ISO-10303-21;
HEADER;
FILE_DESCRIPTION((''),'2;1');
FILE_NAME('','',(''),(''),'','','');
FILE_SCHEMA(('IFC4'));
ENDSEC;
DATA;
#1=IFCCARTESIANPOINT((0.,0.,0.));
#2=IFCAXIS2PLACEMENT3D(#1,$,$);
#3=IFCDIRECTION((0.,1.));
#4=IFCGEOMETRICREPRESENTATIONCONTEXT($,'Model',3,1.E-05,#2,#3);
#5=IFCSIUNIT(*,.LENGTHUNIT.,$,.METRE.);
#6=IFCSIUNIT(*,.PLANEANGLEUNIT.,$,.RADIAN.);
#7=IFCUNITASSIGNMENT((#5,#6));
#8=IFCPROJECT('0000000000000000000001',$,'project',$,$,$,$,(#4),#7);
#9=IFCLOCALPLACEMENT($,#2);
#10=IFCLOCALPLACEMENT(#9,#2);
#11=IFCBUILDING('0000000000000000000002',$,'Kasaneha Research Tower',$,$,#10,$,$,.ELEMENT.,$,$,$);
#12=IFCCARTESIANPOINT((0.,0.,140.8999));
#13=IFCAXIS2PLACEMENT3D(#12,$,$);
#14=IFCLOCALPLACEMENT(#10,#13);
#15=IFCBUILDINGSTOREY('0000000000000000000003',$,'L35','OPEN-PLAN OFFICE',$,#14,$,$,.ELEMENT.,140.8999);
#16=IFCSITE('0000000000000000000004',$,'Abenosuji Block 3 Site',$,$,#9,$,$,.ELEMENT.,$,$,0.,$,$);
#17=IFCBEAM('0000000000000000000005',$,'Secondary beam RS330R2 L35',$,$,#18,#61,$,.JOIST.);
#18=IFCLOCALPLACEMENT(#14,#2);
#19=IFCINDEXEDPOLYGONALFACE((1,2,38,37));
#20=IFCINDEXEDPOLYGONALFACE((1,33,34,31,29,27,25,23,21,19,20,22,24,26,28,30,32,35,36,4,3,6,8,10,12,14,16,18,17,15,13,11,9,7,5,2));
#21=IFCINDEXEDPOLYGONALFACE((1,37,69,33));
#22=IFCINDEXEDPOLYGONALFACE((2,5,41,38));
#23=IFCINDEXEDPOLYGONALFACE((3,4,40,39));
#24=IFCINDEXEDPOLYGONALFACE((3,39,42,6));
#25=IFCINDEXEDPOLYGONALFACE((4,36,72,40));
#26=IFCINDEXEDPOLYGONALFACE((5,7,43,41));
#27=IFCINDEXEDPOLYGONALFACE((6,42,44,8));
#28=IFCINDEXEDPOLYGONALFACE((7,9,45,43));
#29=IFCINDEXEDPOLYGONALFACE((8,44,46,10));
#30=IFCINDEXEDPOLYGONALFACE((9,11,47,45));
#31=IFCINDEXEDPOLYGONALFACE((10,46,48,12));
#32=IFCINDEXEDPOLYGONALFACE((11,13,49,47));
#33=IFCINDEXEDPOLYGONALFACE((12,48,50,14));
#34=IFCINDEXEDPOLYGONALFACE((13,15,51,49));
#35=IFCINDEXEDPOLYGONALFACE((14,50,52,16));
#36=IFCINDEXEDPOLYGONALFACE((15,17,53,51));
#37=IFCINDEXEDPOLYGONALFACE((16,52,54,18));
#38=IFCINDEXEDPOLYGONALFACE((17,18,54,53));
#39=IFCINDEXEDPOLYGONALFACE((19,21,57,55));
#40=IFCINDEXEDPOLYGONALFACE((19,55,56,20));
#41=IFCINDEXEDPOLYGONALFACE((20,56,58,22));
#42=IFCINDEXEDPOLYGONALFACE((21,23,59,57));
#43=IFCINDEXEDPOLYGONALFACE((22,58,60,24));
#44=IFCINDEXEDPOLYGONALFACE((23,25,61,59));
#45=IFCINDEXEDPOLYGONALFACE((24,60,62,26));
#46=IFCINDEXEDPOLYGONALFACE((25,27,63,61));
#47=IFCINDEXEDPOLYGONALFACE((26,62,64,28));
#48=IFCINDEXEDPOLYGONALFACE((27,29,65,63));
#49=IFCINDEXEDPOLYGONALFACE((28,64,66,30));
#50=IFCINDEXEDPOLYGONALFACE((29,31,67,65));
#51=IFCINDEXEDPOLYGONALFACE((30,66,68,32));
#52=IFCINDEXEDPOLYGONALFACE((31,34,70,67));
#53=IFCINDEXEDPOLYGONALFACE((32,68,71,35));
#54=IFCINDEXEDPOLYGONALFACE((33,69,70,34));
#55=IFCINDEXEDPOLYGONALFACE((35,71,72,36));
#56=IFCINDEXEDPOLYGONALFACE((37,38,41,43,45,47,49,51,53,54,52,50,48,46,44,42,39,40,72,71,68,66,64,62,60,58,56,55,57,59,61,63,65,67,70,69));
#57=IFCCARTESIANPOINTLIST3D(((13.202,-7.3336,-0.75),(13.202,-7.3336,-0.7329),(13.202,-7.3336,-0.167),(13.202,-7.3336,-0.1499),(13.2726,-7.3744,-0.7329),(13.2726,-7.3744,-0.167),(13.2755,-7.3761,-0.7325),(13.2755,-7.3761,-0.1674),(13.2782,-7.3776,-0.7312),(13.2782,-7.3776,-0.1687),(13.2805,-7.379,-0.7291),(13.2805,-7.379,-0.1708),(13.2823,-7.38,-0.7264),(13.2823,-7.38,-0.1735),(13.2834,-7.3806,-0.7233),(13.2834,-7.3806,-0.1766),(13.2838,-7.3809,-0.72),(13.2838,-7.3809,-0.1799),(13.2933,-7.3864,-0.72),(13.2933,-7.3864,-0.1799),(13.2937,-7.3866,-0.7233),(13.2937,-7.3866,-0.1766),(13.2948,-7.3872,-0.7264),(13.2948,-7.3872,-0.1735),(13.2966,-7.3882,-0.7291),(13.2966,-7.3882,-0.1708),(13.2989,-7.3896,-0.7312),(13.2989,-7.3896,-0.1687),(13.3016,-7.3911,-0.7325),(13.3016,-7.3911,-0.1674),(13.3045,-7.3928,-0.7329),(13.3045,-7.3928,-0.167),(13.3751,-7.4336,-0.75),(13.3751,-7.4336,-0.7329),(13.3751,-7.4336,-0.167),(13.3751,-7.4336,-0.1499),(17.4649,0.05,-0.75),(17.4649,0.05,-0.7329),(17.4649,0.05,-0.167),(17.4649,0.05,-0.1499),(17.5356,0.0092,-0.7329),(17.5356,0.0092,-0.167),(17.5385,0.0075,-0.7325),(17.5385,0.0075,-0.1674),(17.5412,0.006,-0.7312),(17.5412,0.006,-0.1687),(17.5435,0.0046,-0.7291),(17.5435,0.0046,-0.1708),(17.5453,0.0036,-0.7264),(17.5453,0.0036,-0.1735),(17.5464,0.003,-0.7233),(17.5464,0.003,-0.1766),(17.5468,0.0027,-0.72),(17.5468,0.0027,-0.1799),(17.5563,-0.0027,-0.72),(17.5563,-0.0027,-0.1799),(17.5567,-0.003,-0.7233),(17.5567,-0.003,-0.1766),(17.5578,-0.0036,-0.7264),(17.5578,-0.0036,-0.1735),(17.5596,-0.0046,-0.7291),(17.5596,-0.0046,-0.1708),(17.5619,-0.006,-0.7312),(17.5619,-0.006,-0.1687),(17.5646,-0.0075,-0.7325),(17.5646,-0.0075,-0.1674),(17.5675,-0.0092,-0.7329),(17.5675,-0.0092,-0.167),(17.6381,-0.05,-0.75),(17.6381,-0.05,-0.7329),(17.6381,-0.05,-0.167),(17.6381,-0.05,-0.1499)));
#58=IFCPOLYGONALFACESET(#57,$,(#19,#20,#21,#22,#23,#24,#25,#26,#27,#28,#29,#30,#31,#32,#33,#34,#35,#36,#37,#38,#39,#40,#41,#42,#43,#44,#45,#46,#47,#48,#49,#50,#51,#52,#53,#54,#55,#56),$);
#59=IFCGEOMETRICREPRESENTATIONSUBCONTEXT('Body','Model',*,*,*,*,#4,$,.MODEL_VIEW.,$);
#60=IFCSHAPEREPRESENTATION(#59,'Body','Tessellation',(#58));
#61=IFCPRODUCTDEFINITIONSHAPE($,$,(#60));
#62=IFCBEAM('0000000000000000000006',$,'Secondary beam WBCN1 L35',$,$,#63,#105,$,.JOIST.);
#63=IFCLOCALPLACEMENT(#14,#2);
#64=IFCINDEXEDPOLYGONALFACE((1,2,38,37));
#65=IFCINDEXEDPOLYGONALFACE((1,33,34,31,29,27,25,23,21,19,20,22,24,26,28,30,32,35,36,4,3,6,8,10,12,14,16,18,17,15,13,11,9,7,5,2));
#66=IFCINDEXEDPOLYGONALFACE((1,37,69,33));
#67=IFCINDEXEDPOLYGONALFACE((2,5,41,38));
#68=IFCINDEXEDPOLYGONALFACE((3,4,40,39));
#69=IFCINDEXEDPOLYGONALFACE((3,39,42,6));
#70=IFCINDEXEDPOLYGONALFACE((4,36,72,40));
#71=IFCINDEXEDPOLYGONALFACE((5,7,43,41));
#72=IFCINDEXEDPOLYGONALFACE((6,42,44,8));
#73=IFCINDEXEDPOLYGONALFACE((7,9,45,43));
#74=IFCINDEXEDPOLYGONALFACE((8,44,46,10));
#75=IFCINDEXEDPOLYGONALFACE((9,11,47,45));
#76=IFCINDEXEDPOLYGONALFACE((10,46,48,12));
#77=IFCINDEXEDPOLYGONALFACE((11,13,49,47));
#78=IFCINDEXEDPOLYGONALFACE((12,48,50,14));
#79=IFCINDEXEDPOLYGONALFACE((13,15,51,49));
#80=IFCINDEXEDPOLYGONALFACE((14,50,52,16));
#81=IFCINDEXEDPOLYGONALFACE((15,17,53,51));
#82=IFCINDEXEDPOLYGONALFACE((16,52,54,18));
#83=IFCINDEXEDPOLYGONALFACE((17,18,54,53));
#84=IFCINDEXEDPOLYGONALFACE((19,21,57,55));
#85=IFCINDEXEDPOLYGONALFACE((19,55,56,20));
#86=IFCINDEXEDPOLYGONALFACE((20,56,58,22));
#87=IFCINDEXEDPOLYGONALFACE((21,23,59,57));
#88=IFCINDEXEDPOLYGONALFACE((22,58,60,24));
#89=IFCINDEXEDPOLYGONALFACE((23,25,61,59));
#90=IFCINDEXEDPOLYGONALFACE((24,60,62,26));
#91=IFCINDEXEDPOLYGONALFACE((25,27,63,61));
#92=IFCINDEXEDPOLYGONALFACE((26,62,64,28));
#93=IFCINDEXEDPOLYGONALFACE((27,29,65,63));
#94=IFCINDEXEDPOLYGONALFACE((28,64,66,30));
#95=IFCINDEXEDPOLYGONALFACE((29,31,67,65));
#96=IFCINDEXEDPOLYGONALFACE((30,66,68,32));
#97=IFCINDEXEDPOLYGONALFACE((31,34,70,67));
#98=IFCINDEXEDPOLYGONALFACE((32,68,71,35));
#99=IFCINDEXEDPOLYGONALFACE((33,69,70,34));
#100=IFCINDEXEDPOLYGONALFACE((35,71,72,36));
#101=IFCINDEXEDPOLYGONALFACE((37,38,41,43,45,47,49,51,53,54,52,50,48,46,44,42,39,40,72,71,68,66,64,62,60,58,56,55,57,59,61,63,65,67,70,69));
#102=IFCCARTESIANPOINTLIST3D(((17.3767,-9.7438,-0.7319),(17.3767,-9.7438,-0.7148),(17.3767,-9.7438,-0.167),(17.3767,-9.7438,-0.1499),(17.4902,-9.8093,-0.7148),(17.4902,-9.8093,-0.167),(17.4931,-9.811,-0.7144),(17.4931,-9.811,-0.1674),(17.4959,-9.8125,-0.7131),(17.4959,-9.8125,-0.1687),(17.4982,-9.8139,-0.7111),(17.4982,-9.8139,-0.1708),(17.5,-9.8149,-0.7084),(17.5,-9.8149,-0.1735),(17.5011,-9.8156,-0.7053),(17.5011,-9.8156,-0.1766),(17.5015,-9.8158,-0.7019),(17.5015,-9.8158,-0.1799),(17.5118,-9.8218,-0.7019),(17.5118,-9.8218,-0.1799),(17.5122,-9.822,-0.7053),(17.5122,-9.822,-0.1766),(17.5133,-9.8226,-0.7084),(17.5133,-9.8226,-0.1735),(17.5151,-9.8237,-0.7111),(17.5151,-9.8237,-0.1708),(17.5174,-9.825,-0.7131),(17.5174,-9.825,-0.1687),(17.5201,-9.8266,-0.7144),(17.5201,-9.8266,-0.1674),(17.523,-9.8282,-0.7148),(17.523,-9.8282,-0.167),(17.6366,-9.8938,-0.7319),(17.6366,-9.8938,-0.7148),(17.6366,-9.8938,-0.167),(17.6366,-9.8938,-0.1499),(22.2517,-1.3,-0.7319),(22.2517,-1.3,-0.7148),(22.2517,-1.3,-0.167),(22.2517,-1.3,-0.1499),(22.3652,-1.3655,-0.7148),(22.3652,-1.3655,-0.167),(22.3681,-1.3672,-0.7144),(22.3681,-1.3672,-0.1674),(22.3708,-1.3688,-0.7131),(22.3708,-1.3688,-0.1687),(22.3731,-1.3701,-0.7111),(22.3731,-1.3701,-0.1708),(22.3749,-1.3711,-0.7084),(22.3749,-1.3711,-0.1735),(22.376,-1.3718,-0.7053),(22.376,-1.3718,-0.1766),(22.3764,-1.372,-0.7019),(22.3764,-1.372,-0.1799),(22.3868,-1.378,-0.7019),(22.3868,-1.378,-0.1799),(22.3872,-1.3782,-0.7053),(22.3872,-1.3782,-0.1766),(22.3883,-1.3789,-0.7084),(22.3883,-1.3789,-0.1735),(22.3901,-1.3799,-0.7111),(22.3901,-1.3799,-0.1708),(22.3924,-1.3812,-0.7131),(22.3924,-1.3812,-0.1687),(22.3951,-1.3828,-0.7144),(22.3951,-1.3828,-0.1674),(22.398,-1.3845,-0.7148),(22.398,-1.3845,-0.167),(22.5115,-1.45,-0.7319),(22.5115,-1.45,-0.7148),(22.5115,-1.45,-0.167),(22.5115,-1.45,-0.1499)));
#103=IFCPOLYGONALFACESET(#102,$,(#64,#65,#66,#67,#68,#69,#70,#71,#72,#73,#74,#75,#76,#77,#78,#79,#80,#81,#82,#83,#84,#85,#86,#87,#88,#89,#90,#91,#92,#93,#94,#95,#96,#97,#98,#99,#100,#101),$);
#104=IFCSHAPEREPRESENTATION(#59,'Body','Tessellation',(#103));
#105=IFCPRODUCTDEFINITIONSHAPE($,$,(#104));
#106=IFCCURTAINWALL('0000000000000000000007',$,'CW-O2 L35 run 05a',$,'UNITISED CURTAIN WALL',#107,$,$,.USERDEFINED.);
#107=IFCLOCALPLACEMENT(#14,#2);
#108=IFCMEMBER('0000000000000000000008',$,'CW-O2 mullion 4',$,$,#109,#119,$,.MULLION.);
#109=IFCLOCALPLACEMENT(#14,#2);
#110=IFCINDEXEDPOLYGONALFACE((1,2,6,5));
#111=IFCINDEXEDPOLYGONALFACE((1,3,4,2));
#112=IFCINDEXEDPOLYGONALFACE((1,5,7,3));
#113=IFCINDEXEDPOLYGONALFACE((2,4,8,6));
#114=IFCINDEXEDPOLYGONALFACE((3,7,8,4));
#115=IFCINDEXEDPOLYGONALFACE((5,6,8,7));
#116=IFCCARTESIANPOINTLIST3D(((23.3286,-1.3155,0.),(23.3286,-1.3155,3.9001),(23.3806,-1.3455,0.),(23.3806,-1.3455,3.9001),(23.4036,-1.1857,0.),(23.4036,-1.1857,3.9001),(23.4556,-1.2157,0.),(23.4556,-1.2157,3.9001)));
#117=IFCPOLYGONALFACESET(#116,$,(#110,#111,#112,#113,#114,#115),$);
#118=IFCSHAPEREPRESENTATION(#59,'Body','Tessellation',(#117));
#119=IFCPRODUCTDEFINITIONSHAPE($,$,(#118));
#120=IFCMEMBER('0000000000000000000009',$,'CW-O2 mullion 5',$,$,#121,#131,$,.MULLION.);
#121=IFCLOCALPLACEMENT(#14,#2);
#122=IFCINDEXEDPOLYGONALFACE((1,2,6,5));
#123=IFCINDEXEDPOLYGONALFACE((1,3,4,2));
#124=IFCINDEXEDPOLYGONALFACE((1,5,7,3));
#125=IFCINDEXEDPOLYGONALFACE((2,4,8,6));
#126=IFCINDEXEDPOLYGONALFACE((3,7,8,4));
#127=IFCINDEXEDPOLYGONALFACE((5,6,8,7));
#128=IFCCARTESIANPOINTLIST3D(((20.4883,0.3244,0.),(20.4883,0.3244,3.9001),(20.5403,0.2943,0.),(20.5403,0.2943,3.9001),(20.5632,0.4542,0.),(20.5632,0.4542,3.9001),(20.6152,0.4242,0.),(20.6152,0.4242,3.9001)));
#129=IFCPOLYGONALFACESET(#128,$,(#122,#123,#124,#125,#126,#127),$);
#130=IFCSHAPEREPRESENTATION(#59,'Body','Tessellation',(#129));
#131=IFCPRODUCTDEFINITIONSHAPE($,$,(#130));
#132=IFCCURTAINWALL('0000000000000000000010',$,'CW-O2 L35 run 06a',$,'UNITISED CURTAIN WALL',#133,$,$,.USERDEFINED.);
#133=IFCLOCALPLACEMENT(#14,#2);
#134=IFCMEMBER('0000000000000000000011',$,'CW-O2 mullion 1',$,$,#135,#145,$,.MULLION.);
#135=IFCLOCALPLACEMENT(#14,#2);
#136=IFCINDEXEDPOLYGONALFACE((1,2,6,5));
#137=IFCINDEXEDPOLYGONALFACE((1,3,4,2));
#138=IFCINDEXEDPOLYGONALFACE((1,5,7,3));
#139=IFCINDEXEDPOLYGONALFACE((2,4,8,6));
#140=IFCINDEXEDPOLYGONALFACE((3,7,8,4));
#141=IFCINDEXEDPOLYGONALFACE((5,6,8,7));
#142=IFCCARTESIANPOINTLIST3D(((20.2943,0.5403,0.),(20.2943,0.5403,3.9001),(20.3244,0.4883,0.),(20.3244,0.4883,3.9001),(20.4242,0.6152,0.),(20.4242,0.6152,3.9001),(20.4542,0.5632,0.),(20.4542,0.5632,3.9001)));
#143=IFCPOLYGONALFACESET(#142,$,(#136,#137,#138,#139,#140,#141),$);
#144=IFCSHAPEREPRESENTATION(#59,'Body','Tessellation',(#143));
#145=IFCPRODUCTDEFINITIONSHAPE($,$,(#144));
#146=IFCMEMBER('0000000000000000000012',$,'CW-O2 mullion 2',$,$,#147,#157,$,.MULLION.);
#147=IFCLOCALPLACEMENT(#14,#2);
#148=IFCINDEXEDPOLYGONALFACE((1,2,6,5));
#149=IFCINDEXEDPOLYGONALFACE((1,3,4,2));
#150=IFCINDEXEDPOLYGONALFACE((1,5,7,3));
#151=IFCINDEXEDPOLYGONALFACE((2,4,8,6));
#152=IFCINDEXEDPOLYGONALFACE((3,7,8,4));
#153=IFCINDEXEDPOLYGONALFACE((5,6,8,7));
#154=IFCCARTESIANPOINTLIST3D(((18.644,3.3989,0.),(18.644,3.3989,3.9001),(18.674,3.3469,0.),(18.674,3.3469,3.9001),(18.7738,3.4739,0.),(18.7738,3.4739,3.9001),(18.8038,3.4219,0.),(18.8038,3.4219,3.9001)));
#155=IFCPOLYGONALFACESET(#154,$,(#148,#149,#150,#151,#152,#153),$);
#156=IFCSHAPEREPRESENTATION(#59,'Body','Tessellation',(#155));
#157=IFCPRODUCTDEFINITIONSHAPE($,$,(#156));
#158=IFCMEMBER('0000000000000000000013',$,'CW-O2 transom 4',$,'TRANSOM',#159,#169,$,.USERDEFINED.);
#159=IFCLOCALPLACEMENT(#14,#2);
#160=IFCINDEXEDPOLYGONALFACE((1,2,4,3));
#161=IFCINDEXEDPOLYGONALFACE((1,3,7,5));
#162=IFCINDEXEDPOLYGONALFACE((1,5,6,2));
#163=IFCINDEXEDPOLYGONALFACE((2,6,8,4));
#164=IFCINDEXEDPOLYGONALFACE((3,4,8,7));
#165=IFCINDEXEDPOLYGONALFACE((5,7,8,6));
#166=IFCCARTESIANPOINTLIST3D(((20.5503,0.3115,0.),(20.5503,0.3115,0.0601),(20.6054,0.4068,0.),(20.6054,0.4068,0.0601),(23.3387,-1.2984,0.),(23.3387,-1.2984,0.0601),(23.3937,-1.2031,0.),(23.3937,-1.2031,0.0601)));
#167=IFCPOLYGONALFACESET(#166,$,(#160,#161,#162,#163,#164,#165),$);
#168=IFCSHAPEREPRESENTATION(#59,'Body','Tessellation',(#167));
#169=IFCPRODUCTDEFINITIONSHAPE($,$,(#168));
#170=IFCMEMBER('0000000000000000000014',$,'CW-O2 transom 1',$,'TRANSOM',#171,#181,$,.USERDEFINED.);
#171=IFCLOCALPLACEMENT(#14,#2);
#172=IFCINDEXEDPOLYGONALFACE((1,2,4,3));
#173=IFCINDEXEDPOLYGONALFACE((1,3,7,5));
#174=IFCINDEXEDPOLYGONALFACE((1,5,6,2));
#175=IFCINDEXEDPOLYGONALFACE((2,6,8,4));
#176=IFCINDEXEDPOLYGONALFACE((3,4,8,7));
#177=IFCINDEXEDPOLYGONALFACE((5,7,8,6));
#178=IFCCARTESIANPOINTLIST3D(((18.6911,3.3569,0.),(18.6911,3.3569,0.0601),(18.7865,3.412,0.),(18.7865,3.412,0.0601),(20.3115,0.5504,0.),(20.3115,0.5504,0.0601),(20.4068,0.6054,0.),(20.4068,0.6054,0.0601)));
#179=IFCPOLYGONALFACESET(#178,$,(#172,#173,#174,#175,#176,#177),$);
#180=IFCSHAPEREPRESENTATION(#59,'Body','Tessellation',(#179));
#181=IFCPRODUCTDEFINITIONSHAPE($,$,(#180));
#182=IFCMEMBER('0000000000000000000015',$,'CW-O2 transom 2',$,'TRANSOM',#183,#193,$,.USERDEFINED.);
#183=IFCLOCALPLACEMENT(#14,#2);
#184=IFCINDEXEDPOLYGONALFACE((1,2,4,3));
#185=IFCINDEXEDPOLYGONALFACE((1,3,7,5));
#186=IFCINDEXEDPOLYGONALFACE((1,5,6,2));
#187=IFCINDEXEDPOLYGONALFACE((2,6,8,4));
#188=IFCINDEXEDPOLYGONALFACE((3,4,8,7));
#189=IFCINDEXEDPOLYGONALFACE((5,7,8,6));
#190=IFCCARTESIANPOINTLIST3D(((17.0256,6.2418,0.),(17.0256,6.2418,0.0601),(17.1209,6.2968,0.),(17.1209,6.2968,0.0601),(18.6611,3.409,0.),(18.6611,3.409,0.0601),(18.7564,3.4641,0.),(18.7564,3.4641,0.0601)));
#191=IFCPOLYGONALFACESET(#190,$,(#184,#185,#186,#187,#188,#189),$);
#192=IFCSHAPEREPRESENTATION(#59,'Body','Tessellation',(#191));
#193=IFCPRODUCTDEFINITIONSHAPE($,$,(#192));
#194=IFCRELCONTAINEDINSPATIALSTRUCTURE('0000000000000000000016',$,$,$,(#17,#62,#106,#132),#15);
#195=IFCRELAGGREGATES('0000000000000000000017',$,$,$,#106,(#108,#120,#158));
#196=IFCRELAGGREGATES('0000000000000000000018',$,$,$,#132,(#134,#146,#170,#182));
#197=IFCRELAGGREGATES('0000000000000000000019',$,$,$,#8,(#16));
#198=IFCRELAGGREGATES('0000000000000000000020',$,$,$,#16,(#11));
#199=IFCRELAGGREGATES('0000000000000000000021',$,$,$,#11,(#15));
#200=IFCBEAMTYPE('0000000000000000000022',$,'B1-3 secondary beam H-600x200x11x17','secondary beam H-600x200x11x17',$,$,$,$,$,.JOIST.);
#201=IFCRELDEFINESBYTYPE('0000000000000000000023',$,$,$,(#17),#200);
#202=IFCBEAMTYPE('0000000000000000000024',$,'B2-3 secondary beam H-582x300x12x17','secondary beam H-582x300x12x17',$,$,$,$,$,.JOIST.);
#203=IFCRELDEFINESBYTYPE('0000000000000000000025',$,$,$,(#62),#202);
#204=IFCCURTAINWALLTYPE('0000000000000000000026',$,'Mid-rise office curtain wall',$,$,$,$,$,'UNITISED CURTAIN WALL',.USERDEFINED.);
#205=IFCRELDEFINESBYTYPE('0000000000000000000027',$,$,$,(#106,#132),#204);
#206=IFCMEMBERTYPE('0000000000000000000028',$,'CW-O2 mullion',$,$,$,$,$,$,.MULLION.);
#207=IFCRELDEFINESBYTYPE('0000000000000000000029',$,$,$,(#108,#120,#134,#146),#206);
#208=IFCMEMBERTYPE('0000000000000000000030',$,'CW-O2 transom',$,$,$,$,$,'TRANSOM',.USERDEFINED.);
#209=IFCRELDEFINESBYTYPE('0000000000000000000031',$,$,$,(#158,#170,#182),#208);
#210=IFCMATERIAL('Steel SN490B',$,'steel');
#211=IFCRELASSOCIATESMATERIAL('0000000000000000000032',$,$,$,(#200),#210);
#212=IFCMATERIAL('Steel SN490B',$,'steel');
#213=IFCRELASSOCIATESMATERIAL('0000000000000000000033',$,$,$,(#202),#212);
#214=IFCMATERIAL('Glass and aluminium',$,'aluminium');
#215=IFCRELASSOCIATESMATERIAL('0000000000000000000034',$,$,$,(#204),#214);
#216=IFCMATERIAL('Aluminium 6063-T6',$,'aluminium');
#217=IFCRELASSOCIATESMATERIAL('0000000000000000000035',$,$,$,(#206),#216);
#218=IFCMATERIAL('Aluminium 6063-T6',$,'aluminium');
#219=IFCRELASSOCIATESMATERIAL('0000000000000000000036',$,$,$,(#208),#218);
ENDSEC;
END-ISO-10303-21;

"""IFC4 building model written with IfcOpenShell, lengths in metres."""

from ifc_helpers import new_model, si_unit, direction, frame, origin, origin_2d, place, context, subcontext, project, spatial, rectangle, i_section, extrude, material, material_profile, profile_set, type_object, element, aggregate, save


model = new_model("IFC4")

# Units and contexts
model_context = context("Model", 3, precision=1e-05, world=origin(), true_north=direction((0.0, 1.0)))
body_context = subcontext(model_context, "Body", "Model", "MODEL_VIEW")
ifc_project = project(units=[si_unit("LENGTHUNIT", "METRE"), si_unit("PLANEANGLEUNIT", "RADIAN")], contexts=[model_context])

# Site, building, storey
site_placement = place(None, origin())
site = spatial("IfcSite", under=ifc_project, at=site_placement, Name="Abenosuji Block 3 Site", CompositionType="ELEMENT", RefElevation=0.0)
building_placement = place(site_placement, origin())
building = spatial("IfcBuilding", under=site, at=building_placement, Name="Kasaneha Research Tower", CompositionType="ELEMENT")
storey_placement = place(building_placement, frame((0.0, 0.0, 140.8999)))
storey = spatial("IfcBuildingStorey", under=building, at=storey_placement, Name="L35", Description="OPEN-PLAN OFFICE", CompositionType="ELEMENT", Elevation=140.8999)

# Beams
ifc_material_1 = material(Name="Steel SN490B", Category="steel")
ifc_material_profile_1 = material_profile(ifc_material_1, i_section(OverallWidth=0.2, OverallDepth=0.6001, WebThickness=0.011, FlangeThickness=0.0171, FilletRadius=0.0129, at=origin_2d()), Name="H-600x200x11x17")
ifc_profile_set_1 = profile_set([ifc_material_profile_1], Name="Steel SN490B")
beam_type_1 = type_object("IfcBeamType", Name="B1-3 secondary beam H-600x200x11x17", Description="secondary beam H-600x200x11x17", PredefinedType="JOIST", material=ifc_profile_set_1)
beam_1_placement = place(storey_placement, frame((17.5515, 0.0, -0.45), z_axis=(-0.500004, -0.866023, 0.0), x_axis=(0.866023, -0.500004, 0.0)))
element("IfcBeam", 1, at=beam_1_placement, inside=storey, type_object=beam_type_1, Name="Secondary beam RS330R2 L35", PredefinedType="JOIST", context=body_context, shape_type="SweptSolid", body=[
    extrude(i_section(OverallWidth=0.2, OverallDepth=0.6001, WebThickness=0.011, FlangeThickness=0.0171, FilletRadius=0.0129, at=origin_2d()), origin(), (0.0, 0.0, 1.0), 8.5259),
])
ifc_material_2 = material(Name="Steel SN490B", Category="steel")
ifc_material_profile_2 = material_profile(ifc_material_2, i_section(OverallWidth=0.3, OverallDepth=0.582, WebThickness=0.012, FlangeThickness=0.0171, FilletRadius=0.0129, at=origin_2d()), Name="H-582x300x12x17")
ifc_profile_set_2 = profile_set([ifc_material_profile_2], Name="Steel SN490B")
beam_type_2 = type_object("IfcBeamType", Name="B2-3 secondary beam H-582x300x12x17", Description="secondary beam H-582x300x12x17", PredefinedType="JOIST", material=ifc_profile_set_2)
beam_2_placement = place(storey_placement, frame((22.3816, -1.375, -0.4409), z_axis=(-0.499996, -0.866028, 0.0), x_axis=(0.866028, -0.499996, 0.0)))
element("IfcBeam", 2, at=beam_2_placement, inside=storey, type_object=beam_type_2, Name="Secondary beam WBCN1 L35", PredefinedType="JOIST", context=body_context, shape_type="SweptSolid", body=[
    extrude(i_section(OverallWidth=0.3, OverallDepth=0.582, WebThickness=0.012, FlangeThickness=0.0171, FilletRadius=0.0129, at=origin_2d()), origin(), (0.0, 0.0, 1.0), 9.75),
])

# Curtain walls, members
ifc_material_3 = material(Name="Glass and aluminium", Category="aluminium")
curtain_wall_type = type_object("IfcCurtainWallType", Name="Mid-rise office curtain wall", ElementType="UNITISED CURTAIN WALL", PredefinedType="USERDEFINED", material=ifc_material_3)
curtain_wall_1_placement = place(storey_placement, origin())
curtain_wall_1 = element("IfcCurtainWall", 3, at=curtain_wall_1_placement, inside=storey, type_object=curtain_wall_type, Name="CW-O2 L35 run 05a", ObjectType="UNITISED CURTAIN WALL", PredefinedType="USERDEFINED")
ifc_material_4 = material(Name="Aluminium 6063-T6", Category="aluminium")
ifc_material_profile_3 = material_profile(ifc_material_4, rectangle(XDim=0.0601, YDim=0.1499, at=origin_2d()), Name="CW-O2 mullion 60x150")
ifc_profile_set_3 = profile_set([ifc_material_profile_3], Name="Aluminium 6063-T6")
member_type_1 = type_object("IfcMemberType", Name="CW-O2 mullion", PredefinedType="MULLION", material=ifc_profile_set_3)
member_1_placement = place(storey_placement, frame((23.3921, -1.2656, 0.0), z_axis=(0.0, 0.0, 1.0), x_axis=(-0.866025, 0.5, 0.0)))
member_1 = element("IfcMember", 4, at=member_1_placement, type_object=member_type_1, Name="CW-O2 mullion 4", PredefinedType="MULLION", context=body_context, shape_type="SweptSolid", body=[
    extrude(rectangle(XDim=0.0601, YDim=0.1499, at=origin_2d()), origin(), (0.0, 0.0, 1.0), 3.9001),
])
member_2_placement = place(storey_placement, frame((20.5518, 0.3743, 0.0), z_axis=(0.0, 0.0, 1.0), x_axis=(-0.866025, 0.5, 0.0)))
member_2 = element("IfcMember", 5, at=member_2_placement, type_object=member_type_1, Name="CW-O2 mullion 5", PredefinedType="MULLION", context=body_context, shape_type="SweptSolid", body=[
    extrude(rectangle(XDim=0.0601, YDim=0.1499, at=origin_2d()), origin(), (0.0, 0.0, 1.0), 3.9001),
])
curtain_wall_2_placement = place(storey_placement, origin())
curtain_wall_2 = element("IfcCurtainWall", 6, at=curtain_wall_2_placement, inside=storey, type_object=curtain_wall_type, Name="CW-O2 L35 run 06a", ObjectType="UNITISED CURTAIN WALL", PredefinedType="USERDEFINED")
member_3_placement = place(storey_placement, frame((20.3743, 0.5518, 0.0), z_axis=(0.0, 0.0, 1.0), x_axis=(-0.5, 0.866025, 0.0)))
member_3 = element("IfcMember", 7, at=member_3_placement, type_object=member_type_1, Name="CW-O2 mullion 1", PredefinedType="MULLION", context=body_context, shape_type="SweptSolid", body=[
    extrude(rectangle(XDim=0.0601, YDim=0.1499, at=origin_2d()), origin(), (0.0, 0.0, 1.0), 3.9001),
])
member_4_placement = place(storey_placement, frame((18.7239, 3.4104, 0.0), z_axis=(0.0, 0.0, 1.0), x_axis=(-0.5, 0.866025, 0.0)))
member_4 = element("IfcMember", 8, at=member_4_placement, type_object=member_type_1, Name="CW-O2 mullion 2", PredefinedType="MULLION", context=body_context, shape_type="SweptSolid", body=[
    extrude(rectangle(XDim=0.0601, YDim=0.1499, at=origin_2d()), origin(), (0.0, 0.0, 1.0), 3.9001),
])

# Members
ifc_material_5 = material(Name="Aluminium 6063-T6", Category="aluminium")
ifc_material_profile_4 = material_profile(ifc_material_5, rectangle(XDim=0.1101, YDim=0.0601, at=origin_2d()), Name="CW-O2 transom 110x60")
ifc_profile_set_4 = profile_set([ifc_material_profile_4], Name="Aluminium 6063-T6")
member_type_2 = type_object("IfcMemberType", Name="CW-O2 transom", ElementType="TRANSOM", PredefinedType="USERDEFINED", material=ifc_profile_set_4)
member_5_placement = place(storey_placement, frame((23.3662, -1.2507, 0.03), z_axis=(-0.866023, 0.500005, 0.0), x_axis=(-0.500005, -0.866023, 0.0)))
member_5 = element("IfcMember", 9, at=member_5_placement, type_object=member_type_2, Name="CW-O2 transom 4", ObjectType="TRANSOM", PredefinedType="USERDEFINED", context=body_context, shape_type="SweptSolid", body=[
    extrude(rectangle(XDim=0.1101, YDim=0.0601, at=origin_2d()), origin(), (0.0, 0.0, 1.0), 3.2197),
])
member_6_placement = place(storey_placement, frame((20.3591, 0.5779, 0.03), z_axis=(-0.499988, 0.866033, 0.0), x_axis=(-0.866033, -0.499988, 0.0)))
member_6 = element("IfcMember", 10, at=member_6_placement, type_object=member_type_2, Name="CW-O2 transom 1", ObjectType="TRANSOM", PredefinedType="USERDEFINED", context=body_context, shape_type="SweptSolid", body=[
    extrude(rectangle(XDim=0.1101, YDim=0.0601, at=origin_2d()), origin(), (0.0, 0.0, 1.0), 3.2407),
])
member_7_placement = place(storey_placement, frame((18.7087, 3.4365, 0.03), z_axis=(-0.5, 0.866025, 0.0), x_axis=(-0.866025, -0.5, 0.0)))
member_7 = element("IfcMember", 11, at=member_7_placement, type_object=member_type_2, Name="CW-O2 transom 2", ObjectType="TRANSOM", PredefinedType="USERDEFINED", context=body_context, shape_type="SweptSolid", body=[
    extrude(rectangle(XDim=0.1101, YDim=0.0601, at=origin_2d()), origin(), (0.0, 0.0, 1.0), 3.271),
])

aggregate(curtain_wall_1, [member_1, member_2, member_5])
aggregate(curtain_wall_2, [member_3, member_4, member_6, member_7])

save(model, "model.ifc")
